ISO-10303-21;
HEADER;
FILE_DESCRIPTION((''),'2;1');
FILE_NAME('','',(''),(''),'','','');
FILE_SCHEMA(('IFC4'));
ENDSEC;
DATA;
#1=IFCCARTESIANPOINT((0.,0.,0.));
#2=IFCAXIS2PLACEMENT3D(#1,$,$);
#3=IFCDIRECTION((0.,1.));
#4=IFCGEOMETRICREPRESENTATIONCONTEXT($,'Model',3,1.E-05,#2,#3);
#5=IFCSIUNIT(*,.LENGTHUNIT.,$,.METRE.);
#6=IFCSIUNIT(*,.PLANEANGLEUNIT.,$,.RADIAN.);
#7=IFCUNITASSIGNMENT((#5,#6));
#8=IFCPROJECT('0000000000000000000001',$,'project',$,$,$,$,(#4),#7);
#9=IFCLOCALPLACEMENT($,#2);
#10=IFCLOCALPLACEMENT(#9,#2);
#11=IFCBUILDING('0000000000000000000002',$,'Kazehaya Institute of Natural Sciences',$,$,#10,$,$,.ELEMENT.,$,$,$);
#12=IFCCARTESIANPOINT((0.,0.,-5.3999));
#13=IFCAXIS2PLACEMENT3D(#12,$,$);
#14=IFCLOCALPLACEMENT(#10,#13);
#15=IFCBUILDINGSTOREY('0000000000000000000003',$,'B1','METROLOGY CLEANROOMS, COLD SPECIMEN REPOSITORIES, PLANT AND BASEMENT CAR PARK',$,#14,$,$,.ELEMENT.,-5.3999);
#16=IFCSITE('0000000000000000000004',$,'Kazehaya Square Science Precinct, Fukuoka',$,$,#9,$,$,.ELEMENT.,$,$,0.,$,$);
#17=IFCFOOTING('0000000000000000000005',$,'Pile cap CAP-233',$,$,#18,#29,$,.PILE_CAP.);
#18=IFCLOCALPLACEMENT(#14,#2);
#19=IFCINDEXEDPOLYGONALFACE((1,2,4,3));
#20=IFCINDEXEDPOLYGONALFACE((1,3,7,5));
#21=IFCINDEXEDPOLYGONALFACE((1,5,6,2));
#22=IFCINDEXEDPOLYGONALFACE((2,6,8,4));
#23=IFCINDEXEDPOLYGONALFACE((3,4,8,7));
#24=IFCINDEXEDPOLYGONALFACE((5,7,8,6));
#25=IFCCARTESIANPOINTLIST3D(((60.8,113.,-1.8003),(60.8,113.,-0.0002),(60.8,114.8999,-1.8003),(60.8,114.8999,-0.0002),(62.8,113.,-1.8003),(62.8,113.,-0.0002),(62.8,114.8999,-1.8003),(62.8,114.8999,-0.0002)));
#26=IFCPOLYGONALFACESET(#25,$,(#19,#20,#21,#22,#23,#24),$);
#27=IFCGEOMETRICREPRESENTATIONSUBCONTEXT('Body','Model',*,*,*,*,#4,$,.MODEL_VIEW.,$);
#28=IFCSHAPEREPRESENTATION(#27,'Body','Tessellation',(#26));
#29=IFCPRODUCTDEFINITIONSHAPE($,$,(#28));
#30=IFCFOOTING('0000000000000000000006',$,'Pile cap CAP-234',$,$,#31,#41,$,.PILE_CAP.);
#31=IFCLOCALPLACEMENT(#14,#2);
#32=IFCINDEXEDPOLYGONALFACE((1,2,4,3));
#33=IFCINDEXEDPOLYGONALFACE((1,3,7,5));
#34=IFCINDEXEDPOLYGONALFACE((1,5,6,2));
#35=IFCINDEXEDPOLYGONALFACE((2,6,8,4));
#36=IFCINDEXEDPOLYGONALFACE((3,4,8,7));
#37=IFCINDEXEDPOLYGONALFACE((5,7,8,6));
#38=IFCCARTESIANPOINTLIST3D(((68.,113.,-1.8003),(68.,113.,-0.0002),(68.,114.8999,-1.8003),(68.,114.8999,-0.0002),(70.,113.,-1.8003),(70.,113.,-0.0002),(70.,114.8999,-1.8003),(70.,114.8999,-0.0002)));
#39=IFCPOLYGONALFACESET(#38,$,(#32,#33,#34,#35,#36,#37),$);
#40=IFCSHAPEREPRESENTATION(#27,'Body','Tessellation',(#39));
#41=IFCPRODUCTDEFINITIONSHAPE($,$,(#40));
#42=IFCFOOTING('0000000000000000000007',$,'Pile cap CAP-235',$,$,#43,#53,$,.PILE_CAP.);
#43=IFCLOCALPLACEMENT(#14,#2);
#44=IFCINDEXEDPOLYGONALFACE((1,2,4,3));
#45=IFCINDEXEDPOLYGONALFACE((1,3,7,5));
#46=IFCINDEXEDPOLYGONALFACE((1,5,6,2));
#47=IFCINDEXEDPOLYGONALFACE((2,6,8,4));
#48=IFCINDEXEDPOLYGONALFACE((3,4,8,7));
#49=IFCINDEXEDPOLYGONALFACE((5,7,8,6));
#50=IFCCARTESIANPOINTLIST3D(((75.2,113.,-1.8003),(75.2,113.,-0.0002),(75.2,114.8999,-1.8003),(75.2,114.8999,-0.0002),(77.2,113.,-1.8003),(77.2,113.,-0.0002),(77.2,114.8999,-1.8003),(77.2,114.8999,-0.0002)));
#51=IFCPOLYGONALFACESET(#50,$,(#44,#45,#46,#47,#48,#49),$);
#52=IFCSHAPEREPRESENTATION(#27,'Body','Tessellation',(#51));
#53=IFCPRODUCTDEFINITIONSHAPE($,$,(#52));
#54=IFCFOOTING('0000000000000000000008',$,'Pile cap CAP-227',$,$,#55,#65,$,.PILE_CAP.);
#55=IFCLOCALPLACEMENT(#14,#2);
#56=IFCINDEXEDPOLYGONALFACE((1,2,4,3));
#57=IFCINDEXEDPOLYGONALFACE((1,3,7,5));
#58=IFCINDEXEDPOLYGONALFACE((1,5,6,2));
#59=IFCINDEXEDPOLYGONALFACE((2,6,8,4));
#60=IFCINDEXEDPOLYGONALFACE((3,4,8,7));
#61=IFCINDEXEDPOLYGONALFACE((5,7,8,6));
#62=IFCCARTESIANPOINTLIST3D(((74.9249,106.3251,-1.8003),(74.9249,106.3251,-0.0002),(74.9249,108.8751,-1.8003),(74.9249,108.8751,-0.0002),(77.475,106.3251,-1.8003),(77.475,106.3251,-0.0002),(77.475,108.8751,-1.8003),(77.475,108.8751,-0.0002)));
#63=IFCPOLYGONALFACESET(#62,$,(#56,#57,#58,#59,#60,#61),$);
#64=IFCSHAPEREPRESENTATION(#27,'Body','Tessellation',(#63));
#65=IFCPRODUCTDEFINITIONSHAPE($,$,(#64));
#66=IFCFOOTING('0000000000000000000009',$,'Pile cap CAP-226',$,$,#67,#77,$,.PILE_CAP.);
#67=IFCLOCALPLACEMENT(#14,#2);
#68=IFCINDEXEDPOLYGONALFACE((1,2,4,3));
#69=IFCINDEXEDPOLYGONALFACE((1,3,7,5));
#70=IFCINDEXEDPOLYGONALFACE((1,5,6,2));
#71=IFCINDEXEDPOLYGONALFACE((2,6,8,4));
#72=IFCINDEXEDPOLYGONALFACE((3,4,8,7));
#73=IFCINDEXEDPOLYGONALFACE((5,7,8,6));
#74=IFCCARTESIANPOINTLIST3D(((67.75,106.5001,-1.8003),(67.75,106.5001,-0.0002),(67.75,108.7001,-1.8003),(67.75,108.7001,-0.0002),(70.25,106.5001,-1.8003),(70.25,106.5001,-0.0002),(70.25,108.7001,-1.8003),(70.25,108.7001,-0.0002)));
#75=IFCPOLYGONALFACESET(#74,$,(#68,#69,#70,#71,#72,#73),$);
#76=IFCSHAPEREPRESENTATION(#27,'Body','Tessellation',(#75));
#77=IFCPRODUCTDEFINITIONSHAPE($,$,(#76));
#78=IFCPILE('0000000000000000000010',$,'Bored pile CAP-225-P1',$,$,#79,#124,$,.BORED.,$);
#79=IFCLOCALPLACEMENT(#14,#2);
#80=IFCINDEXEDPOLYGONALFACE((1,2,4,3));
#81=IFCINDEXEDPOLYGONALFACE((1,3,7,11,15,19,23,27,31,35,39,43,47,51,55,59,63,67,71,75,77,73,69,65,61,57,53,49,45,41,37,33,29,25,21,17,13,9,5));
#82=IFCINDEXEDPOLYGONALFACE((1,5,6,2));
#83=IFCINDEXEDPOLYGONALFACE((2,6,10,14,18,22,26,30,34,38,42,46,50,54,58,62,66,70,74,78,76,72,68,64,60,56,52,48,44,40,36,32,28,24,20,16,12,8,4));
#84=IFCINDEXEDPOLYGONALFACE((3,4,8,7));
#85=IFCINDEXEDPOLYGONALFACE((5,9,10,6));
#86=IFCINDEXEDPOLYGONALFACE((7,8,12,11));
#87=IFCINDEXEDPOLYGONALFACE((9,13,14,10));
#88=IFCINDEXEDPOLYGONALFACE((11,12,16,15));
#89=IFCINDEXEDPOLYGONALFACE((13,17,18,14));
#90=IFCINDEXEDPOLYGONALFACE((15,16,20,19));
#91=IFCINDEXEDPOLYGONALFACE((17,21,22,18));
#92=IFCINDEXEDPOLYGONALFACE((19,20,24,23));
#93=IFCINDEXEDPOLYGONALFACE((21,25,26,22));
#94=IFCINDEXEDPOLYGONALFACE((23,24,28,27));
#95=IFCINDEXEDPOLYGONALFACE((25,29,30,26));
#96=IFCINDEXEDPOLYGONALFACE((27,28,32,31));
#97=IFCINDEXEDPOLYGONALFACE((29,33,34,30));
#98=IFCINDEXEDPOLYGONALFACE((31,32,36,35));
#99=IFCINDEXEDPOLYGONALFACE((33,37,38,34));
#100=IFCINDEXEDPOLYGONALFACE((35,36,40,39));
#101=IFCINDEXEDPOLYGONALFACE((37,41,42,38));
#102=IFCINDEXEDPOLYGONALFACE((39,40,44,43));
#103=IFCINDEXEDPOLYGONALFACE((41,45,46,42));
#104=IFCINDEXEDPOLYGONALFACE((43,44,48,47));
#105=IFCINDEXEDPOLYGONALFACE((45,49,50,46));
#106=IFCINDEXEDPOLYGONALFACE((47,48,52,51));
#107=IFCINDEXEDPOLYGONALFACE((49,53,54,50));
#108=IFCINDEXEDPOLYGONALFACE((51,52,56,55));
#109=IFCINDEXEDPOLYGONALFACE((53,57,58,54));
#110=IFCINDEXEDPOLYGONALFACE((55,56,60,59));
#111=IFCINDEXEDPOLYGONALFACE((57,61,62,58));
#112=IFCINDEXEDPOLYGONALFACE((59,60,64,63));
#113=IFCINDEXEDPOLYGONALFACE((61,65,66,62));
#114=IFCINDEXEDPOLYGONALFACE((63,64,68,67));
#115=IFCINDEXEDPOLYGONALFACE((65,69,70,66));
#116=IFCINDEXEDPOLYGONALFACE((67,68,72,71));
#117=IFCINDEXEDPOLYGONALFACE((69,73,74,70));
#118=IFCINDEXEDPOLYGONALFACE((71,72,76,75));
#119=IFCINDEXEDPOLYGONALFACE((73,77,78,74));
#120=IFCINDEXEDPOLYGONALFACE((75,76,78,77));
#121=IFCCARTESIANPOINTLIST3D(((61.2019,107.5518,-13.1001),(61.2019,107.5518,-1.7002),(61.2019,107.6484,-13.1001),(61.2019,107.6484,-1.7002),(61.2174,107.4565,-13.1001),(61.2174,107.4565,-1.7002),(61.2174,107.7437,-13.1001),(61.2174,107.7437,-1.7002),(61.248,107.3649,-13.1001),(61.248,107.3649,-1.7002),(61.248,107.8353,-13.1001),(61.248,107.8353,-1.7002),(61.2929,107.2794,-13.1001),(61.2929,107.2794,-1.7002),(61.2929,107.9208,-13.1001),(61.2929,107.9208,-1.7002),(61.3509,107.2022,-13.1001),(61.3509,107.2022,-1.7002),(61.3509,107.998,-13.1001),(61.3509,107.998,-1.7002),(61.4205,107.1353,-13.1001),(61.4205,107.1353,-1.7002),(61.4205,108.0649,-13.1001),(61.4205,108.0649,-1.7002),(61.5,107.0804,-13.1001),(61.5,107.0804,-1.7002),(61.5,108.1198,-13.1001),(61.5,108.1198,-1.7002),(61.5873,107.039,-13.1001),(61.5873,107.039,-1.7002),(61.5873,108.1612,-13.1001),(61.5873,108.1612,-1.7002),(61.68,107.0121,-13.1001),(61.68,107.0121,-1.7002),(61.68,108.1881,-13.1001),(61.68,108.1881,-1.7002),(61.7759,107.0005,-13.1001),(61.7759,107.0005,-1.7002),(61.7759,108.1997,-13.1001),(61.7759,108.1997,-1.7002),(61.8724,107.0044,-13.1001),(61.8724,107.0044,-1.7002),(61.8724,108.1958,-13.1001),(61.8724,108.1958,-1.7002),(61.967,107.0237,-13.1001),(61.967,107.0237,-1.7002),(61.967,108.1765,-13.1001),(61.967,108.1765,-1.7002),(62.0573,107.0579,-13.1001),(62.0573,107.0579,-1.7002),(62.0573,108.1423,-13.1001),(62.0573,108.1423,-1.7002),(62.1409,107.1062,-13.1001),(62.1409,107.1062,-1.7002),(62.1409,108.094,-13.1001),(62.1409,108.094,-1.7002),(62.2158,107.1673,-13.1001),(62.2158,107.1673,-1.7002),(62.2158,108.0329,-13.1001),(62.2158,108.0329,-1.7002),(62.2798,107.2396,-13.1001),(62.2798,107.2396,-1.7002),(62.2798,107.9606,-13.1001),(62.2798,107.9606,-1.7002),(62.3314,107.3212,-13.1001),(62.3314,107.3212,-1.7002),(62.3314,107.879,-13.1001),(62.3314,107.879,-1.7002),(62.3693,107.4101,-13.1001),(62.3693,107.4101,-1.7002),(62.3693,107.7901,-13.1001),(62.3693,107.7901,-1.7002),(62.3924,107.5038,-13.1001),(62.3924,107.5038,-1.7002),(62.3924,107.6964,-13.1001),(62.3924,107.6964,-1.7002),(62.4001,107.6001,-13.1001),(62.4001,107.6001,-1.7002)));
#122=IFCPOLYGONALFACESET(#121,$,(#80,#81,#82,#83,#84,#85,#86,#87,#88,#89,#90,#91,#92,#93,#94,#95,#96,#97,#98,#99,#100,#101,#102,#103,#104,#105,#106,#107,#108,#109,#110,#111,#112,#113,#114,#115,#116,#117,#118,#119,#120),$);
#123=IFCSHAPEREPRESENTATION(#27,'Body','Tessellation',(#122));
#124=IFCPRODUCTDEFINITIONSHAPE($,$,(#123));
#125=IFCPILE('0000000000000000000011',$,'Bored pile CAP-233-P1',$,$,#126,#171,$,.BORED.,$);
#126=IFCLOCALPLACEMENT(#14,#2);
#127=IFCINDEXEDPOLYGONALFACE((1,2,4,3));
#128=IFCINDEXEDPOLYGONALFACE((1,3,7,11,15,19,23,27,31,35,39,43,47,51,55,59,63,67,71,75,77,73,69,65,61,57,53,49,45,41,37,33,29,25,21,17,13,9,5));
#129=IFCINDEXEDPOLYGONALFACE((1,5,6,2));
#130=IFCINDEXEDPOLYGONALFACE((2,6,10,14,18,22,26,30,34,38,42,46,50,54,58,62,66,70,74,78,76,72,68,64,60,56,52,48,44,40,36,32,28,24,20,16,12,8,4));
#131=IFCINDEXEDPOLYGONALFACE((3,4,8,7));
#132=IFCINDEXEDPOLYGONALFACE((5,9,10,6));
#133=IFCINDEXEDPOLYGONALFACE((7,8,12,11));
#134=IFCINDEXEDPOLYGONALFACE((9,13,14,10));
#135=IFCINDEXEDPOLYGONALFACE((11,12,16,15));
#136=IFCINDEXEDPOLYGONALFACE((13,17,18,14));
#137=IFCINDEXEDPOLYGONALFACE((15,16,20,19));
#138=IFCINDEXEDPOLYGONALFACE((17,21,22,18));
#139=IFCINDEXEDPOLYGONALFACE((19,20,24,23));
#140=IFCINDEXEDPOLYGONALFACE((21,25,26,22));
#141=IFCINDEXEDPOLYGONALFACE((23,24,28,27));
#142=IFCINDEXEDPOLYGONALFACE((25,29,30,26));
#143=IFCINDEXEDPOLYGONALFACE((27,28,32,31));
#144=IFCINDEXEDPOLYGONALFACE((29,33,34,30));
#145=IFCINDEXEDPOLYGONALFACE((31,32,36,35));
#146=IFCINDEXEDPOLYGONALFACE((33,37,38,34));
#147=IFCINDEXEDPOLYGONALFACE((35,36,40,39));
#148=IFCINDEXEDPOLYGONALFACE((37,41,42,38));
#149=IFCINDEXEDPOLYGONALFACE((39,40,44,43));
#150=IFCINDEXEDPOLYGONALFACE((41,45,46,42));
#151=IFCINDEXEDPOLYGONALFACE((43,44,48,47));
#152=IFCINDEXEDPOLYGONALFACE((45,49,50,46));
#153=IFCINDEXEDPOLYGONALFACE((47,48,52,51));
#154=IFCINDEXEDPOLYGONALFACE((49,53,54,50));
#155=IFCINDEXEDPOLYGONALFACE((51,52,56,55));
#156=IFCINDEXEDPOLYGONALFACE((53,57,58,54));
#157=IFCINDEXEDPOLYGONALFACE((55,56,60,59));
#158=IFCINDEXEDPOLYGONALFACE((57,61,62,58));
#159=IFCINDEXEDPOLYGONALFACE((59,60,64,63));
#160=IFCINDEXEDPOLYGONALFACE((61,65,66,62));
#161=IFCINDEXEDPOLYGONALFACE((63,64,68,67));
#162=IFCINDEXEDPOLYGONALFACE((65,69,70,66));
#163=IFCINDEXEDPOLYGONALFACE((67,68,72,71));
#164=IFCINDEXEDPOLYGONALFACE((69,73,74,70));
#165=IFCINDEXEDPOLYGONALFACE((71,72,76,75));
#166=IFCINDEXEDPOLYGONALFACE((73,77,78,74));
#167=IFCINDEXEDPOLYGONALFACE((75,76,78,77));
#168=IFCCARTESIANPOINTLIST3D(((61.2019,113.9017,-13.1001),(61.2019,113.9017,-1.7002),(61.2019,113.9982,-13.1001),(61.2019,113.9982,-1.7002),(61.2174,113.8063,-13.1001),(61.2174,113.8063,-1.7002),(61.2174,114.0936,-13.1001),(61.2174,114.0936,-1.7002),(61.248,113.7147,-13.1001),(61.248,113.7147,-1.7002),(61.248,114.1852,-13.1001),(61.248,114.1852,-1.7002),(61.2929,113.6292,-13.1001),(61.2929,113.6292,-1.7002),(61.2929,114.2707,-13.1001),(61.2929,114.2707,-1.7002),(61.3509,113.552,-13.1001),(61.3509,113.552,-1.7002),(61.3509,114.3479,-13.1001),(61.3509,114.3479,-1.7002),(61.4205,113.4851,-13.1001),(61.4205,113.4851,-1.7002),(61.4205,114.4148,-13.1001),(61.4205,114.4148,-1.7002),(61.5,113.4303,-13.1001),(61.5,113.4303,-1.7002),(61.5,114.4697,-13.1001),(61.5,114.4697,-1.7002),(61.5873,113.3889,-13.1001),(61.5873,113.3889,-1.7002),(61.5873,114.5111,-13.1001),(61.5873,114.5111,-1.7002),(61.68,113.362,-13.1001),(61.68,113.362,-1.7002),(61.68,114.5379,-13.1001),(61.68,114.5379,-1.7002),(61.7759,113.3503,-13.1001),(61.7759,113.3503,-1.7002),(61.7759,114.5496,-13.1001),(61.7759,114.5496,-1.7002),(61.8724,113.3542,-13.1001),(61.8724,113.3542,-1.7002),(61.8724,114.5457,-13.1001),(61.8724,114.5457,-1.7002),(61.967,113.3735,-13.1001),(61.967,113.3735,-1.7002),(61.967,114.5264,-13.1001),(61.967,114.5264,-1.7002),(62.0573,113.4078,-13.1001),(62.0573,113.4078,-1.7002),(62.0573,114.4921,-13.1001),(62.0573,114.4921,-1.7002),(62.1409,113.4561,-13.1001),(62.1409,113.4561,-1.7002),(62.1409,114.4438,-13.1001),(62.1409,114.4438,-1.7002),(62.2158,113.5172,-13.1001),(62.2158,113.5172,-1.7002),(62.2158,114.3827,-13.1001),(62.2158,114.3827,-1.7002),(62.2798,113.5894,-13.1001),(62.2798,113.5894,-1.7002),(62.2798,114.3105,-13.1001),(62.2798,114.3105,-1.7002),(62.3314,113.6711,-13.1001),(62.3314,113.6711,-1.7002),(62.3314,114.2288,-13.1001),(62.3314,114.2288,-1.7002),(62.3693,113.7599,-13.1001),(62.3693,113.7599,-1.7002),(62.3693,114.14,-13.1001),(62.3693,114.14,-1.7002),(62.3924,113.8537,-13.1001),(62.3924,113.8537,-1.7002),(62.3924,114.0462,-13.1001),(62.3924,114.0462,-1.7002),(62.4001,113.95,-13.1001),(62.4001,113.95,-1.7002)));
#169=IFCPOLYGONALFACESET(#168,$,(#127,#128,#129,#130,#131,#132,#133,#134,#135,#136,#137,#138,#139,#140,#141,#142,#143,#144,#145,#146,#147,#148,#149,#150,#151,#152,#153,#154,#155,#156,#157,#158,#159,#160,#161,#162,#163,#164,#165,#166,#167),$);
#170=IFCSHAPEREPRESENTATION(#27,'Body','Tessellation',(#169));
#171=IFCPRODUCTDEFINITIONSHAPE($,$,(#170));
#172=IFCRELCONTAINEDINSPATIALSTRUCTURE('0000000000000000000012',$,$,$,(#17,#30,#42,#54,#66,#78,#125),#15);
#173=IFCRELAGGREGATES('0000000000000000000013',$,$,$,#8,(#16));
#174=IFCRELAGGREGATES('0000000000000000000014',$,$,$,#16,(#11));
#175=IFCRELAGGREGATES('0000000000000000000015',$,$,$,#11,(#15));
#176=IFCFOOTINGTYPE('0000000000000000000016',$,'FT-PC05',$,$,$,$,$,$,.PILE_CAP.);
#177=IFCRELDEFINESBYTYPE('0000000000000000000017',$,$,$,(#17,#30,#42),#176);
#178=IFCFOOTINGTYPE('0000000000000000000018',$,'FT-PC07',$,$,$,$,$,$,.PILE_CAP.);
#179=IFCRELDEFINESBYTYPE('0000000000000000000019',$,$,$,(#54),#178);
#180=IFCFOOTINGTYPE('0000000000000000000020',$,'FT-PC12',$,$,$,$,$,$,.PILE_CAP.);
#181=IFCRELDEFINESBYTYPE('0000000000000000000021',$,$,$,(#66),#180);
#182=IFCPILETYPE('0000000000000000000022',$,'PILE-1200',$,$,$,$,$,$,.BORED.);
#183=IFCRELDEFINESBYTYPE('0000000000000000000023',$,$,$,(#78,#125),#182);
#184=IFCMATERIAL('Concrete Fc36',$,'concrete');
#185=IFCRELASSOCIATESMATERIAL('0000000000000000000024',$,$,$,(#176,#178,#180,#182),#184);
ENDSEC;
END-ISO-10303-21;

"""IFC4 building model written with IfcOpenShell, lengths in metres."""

from ifc_helpers import new_model, si_unit, direction, frame, origin, origin_2d, place, context, subcontext, project, spatial, rectangle, circle, extrude, material, material_profile, profile_set, type_object, element, save


model = new_model("IFC4")

# Units and contexts
model_context = context("Model", 3, precision=1e-05, world=origin(), true_north=direction((0.0, 1.0)))
body_context = subcontext(model_context, "Body", "Model", "MODEL_VIEW")
ifc_project = project(units=[si_unit("LENGTHUNIT", "METRE"), si_unit("PLANEANGLEUNIT", "RADIAN")], contexts=[model_context])

# Site, building, storey
site_placement = place(None, origin())
site = spatial("IfcSite", under=ifc_project, at=site_placement, Name="Kazehaya Square Science Precinct, Fukuoka", CompositionType="ELEMENT", RefElevation=0.0)
building_placement = place(site_placement, origin())
building = spatial("IfcBuilding", under=site, at=building_placement, Name="Kazehaya Institute of Natural Sciences", CompositionType="ELEMENT")
storey_placement = place(building_placement, frame((0.0, 0.0, -5.3999)))
storey = spatial("IfcBuildingStorey", under=building, at=storey_placement, Name="B1", Description="METROLOGY CLEANROOMS, COLD SPECIMEN REPOSITORIES, PLANT AND BASEMENT CAR PARK", CompositionType="ELEMENT", Elevation=-5.3999)

# Footings
ifc_material_1 = material(Name="Concrete Fc36", Category="concrete")
footing_type_1 = type_object("IfcFootingType", Name="FT-PC05", PredefinedType="PILE_CAP", material=ifc_material_1)
for number, where, z_axis, x_axis, name in (
    (1, (61.8, 113.95, -1.8003), (0.0, 0.0, 1.0), (1.0, 0.0, 0.0), "Pile cap CAP-233"),
    (2, (69.0, 113.95, -1.8003), (0.0, 0.0, 1.0), (1.0, 0.0, 0.0), "Pile cap CAP-234"),
    (3, (76.2, 113.95, -1.8003), (0.0, 0.0, 1.0), (1.0, 0.0, 0.0), "Pile cap CAP-235"),
):
    element("IfcFooting", number, at=place(storey_placement, frame(where, z_axis=z_axis, x_axis=x_axis)), inside=storey, type_object=footing_type_1, Name=name, PredefinedType="PILE_CAP", context=body_context, shape_type="SweptSolid", body=[
        extrude(rectangle(XDim=2.0, YDim=1.8999, at=origin_2d()), origin(), (0.0, 0.0, 1.0), 1.8),
    ])
footing_type_2 = type_object("IfcFootingType", Name="FT-PC07", PredefinedType="PILE_CAP", material=ifc_material_1)
footing_1_placement = place(storey_placement, frame((76.2, 107.6001, -1.8003), z_axis=(0.0, 0.0, 1.0), x_axis=(1.0, 0.0, 0.0)))
element("IfcFooting", 4, at=footing_1_placement, inside=storey, type_object=footing_type_2, Name="Pile cap CAP-227", PredefinedType="PILE_CAP", context=body_context, shape_type="SweptSolid", body=[
    extrude(rectangle(XDim=2.55, YDim=2.55, at=origin_2d()), origin(), (0.0, 0.0, 1.0), 1.8),
])
footing_type_3 = type_object("IfcFootingType", Name="FT-PC12", PredefinedType="PILE_CAP", material=ifc_material_1)
footing_2_placement = place(storey_placement, frame((69.0, 107.6001, -1.8003), z_axis=(0.0, 0.0, 1.0), x_axis=(1.0, 0.0, 0.0)))
element("IfcFooting", 5, at=footing_2_placement, inside=storey, type_object=footing_type_3, Name="Pile cap CAP-226", PredefinedType="PILE_CAP", context=body_context, shape_type="SweptSolid", body=[
    extrude(rectangle(XDim=2.5, YDim=2.2, at=origin_2d()), origin(), (0.0, 0.0, 1.0), 1.8),
])

# Piles
ifc_material_profile_1 = material_profile(ifc_material_1, circle(Radius=0.6001, at=origin_2d()), Name="PILE-1200")
ifc_profile_set_1 = profile_set([ifc_material_profile_1], Name="Concrete Fc36")
pile_type_1 = type_object("IfcPileType", Name="PILE-1200", PredefinedType="BORED", material=ifc_profile_set_1)
for number, where, z_axis, x_axis, name in (
    (6, (61.8, 107.6001, -1.7002), (0.0, 0.0, -1.0), (1.0, 0.0, 0.0), "Bored pile CAP-225-P1"),
    (7, (61.8, 113.95, -1.7002), (0.0, 0.0, -1.0), (1.0, 0.0, 0.0), "Bored pile CAP-233-P1"),
):
    element("IfcPile", number, at=place(storey_placement, frame(where, z_axis=z_axis, x_axis=x_axis)), inside=storey, type_object=pile_type_1, Name=name, PredefinedType="BORED", context=body_context, shape_type="SweptSolid", body=[
        extrude(circle(Radius=0.6001, at=origin_2d()), origin(), (0.0, 0.0, 1.0), 11.3999),
    ])

save(model, "model.ifc")
